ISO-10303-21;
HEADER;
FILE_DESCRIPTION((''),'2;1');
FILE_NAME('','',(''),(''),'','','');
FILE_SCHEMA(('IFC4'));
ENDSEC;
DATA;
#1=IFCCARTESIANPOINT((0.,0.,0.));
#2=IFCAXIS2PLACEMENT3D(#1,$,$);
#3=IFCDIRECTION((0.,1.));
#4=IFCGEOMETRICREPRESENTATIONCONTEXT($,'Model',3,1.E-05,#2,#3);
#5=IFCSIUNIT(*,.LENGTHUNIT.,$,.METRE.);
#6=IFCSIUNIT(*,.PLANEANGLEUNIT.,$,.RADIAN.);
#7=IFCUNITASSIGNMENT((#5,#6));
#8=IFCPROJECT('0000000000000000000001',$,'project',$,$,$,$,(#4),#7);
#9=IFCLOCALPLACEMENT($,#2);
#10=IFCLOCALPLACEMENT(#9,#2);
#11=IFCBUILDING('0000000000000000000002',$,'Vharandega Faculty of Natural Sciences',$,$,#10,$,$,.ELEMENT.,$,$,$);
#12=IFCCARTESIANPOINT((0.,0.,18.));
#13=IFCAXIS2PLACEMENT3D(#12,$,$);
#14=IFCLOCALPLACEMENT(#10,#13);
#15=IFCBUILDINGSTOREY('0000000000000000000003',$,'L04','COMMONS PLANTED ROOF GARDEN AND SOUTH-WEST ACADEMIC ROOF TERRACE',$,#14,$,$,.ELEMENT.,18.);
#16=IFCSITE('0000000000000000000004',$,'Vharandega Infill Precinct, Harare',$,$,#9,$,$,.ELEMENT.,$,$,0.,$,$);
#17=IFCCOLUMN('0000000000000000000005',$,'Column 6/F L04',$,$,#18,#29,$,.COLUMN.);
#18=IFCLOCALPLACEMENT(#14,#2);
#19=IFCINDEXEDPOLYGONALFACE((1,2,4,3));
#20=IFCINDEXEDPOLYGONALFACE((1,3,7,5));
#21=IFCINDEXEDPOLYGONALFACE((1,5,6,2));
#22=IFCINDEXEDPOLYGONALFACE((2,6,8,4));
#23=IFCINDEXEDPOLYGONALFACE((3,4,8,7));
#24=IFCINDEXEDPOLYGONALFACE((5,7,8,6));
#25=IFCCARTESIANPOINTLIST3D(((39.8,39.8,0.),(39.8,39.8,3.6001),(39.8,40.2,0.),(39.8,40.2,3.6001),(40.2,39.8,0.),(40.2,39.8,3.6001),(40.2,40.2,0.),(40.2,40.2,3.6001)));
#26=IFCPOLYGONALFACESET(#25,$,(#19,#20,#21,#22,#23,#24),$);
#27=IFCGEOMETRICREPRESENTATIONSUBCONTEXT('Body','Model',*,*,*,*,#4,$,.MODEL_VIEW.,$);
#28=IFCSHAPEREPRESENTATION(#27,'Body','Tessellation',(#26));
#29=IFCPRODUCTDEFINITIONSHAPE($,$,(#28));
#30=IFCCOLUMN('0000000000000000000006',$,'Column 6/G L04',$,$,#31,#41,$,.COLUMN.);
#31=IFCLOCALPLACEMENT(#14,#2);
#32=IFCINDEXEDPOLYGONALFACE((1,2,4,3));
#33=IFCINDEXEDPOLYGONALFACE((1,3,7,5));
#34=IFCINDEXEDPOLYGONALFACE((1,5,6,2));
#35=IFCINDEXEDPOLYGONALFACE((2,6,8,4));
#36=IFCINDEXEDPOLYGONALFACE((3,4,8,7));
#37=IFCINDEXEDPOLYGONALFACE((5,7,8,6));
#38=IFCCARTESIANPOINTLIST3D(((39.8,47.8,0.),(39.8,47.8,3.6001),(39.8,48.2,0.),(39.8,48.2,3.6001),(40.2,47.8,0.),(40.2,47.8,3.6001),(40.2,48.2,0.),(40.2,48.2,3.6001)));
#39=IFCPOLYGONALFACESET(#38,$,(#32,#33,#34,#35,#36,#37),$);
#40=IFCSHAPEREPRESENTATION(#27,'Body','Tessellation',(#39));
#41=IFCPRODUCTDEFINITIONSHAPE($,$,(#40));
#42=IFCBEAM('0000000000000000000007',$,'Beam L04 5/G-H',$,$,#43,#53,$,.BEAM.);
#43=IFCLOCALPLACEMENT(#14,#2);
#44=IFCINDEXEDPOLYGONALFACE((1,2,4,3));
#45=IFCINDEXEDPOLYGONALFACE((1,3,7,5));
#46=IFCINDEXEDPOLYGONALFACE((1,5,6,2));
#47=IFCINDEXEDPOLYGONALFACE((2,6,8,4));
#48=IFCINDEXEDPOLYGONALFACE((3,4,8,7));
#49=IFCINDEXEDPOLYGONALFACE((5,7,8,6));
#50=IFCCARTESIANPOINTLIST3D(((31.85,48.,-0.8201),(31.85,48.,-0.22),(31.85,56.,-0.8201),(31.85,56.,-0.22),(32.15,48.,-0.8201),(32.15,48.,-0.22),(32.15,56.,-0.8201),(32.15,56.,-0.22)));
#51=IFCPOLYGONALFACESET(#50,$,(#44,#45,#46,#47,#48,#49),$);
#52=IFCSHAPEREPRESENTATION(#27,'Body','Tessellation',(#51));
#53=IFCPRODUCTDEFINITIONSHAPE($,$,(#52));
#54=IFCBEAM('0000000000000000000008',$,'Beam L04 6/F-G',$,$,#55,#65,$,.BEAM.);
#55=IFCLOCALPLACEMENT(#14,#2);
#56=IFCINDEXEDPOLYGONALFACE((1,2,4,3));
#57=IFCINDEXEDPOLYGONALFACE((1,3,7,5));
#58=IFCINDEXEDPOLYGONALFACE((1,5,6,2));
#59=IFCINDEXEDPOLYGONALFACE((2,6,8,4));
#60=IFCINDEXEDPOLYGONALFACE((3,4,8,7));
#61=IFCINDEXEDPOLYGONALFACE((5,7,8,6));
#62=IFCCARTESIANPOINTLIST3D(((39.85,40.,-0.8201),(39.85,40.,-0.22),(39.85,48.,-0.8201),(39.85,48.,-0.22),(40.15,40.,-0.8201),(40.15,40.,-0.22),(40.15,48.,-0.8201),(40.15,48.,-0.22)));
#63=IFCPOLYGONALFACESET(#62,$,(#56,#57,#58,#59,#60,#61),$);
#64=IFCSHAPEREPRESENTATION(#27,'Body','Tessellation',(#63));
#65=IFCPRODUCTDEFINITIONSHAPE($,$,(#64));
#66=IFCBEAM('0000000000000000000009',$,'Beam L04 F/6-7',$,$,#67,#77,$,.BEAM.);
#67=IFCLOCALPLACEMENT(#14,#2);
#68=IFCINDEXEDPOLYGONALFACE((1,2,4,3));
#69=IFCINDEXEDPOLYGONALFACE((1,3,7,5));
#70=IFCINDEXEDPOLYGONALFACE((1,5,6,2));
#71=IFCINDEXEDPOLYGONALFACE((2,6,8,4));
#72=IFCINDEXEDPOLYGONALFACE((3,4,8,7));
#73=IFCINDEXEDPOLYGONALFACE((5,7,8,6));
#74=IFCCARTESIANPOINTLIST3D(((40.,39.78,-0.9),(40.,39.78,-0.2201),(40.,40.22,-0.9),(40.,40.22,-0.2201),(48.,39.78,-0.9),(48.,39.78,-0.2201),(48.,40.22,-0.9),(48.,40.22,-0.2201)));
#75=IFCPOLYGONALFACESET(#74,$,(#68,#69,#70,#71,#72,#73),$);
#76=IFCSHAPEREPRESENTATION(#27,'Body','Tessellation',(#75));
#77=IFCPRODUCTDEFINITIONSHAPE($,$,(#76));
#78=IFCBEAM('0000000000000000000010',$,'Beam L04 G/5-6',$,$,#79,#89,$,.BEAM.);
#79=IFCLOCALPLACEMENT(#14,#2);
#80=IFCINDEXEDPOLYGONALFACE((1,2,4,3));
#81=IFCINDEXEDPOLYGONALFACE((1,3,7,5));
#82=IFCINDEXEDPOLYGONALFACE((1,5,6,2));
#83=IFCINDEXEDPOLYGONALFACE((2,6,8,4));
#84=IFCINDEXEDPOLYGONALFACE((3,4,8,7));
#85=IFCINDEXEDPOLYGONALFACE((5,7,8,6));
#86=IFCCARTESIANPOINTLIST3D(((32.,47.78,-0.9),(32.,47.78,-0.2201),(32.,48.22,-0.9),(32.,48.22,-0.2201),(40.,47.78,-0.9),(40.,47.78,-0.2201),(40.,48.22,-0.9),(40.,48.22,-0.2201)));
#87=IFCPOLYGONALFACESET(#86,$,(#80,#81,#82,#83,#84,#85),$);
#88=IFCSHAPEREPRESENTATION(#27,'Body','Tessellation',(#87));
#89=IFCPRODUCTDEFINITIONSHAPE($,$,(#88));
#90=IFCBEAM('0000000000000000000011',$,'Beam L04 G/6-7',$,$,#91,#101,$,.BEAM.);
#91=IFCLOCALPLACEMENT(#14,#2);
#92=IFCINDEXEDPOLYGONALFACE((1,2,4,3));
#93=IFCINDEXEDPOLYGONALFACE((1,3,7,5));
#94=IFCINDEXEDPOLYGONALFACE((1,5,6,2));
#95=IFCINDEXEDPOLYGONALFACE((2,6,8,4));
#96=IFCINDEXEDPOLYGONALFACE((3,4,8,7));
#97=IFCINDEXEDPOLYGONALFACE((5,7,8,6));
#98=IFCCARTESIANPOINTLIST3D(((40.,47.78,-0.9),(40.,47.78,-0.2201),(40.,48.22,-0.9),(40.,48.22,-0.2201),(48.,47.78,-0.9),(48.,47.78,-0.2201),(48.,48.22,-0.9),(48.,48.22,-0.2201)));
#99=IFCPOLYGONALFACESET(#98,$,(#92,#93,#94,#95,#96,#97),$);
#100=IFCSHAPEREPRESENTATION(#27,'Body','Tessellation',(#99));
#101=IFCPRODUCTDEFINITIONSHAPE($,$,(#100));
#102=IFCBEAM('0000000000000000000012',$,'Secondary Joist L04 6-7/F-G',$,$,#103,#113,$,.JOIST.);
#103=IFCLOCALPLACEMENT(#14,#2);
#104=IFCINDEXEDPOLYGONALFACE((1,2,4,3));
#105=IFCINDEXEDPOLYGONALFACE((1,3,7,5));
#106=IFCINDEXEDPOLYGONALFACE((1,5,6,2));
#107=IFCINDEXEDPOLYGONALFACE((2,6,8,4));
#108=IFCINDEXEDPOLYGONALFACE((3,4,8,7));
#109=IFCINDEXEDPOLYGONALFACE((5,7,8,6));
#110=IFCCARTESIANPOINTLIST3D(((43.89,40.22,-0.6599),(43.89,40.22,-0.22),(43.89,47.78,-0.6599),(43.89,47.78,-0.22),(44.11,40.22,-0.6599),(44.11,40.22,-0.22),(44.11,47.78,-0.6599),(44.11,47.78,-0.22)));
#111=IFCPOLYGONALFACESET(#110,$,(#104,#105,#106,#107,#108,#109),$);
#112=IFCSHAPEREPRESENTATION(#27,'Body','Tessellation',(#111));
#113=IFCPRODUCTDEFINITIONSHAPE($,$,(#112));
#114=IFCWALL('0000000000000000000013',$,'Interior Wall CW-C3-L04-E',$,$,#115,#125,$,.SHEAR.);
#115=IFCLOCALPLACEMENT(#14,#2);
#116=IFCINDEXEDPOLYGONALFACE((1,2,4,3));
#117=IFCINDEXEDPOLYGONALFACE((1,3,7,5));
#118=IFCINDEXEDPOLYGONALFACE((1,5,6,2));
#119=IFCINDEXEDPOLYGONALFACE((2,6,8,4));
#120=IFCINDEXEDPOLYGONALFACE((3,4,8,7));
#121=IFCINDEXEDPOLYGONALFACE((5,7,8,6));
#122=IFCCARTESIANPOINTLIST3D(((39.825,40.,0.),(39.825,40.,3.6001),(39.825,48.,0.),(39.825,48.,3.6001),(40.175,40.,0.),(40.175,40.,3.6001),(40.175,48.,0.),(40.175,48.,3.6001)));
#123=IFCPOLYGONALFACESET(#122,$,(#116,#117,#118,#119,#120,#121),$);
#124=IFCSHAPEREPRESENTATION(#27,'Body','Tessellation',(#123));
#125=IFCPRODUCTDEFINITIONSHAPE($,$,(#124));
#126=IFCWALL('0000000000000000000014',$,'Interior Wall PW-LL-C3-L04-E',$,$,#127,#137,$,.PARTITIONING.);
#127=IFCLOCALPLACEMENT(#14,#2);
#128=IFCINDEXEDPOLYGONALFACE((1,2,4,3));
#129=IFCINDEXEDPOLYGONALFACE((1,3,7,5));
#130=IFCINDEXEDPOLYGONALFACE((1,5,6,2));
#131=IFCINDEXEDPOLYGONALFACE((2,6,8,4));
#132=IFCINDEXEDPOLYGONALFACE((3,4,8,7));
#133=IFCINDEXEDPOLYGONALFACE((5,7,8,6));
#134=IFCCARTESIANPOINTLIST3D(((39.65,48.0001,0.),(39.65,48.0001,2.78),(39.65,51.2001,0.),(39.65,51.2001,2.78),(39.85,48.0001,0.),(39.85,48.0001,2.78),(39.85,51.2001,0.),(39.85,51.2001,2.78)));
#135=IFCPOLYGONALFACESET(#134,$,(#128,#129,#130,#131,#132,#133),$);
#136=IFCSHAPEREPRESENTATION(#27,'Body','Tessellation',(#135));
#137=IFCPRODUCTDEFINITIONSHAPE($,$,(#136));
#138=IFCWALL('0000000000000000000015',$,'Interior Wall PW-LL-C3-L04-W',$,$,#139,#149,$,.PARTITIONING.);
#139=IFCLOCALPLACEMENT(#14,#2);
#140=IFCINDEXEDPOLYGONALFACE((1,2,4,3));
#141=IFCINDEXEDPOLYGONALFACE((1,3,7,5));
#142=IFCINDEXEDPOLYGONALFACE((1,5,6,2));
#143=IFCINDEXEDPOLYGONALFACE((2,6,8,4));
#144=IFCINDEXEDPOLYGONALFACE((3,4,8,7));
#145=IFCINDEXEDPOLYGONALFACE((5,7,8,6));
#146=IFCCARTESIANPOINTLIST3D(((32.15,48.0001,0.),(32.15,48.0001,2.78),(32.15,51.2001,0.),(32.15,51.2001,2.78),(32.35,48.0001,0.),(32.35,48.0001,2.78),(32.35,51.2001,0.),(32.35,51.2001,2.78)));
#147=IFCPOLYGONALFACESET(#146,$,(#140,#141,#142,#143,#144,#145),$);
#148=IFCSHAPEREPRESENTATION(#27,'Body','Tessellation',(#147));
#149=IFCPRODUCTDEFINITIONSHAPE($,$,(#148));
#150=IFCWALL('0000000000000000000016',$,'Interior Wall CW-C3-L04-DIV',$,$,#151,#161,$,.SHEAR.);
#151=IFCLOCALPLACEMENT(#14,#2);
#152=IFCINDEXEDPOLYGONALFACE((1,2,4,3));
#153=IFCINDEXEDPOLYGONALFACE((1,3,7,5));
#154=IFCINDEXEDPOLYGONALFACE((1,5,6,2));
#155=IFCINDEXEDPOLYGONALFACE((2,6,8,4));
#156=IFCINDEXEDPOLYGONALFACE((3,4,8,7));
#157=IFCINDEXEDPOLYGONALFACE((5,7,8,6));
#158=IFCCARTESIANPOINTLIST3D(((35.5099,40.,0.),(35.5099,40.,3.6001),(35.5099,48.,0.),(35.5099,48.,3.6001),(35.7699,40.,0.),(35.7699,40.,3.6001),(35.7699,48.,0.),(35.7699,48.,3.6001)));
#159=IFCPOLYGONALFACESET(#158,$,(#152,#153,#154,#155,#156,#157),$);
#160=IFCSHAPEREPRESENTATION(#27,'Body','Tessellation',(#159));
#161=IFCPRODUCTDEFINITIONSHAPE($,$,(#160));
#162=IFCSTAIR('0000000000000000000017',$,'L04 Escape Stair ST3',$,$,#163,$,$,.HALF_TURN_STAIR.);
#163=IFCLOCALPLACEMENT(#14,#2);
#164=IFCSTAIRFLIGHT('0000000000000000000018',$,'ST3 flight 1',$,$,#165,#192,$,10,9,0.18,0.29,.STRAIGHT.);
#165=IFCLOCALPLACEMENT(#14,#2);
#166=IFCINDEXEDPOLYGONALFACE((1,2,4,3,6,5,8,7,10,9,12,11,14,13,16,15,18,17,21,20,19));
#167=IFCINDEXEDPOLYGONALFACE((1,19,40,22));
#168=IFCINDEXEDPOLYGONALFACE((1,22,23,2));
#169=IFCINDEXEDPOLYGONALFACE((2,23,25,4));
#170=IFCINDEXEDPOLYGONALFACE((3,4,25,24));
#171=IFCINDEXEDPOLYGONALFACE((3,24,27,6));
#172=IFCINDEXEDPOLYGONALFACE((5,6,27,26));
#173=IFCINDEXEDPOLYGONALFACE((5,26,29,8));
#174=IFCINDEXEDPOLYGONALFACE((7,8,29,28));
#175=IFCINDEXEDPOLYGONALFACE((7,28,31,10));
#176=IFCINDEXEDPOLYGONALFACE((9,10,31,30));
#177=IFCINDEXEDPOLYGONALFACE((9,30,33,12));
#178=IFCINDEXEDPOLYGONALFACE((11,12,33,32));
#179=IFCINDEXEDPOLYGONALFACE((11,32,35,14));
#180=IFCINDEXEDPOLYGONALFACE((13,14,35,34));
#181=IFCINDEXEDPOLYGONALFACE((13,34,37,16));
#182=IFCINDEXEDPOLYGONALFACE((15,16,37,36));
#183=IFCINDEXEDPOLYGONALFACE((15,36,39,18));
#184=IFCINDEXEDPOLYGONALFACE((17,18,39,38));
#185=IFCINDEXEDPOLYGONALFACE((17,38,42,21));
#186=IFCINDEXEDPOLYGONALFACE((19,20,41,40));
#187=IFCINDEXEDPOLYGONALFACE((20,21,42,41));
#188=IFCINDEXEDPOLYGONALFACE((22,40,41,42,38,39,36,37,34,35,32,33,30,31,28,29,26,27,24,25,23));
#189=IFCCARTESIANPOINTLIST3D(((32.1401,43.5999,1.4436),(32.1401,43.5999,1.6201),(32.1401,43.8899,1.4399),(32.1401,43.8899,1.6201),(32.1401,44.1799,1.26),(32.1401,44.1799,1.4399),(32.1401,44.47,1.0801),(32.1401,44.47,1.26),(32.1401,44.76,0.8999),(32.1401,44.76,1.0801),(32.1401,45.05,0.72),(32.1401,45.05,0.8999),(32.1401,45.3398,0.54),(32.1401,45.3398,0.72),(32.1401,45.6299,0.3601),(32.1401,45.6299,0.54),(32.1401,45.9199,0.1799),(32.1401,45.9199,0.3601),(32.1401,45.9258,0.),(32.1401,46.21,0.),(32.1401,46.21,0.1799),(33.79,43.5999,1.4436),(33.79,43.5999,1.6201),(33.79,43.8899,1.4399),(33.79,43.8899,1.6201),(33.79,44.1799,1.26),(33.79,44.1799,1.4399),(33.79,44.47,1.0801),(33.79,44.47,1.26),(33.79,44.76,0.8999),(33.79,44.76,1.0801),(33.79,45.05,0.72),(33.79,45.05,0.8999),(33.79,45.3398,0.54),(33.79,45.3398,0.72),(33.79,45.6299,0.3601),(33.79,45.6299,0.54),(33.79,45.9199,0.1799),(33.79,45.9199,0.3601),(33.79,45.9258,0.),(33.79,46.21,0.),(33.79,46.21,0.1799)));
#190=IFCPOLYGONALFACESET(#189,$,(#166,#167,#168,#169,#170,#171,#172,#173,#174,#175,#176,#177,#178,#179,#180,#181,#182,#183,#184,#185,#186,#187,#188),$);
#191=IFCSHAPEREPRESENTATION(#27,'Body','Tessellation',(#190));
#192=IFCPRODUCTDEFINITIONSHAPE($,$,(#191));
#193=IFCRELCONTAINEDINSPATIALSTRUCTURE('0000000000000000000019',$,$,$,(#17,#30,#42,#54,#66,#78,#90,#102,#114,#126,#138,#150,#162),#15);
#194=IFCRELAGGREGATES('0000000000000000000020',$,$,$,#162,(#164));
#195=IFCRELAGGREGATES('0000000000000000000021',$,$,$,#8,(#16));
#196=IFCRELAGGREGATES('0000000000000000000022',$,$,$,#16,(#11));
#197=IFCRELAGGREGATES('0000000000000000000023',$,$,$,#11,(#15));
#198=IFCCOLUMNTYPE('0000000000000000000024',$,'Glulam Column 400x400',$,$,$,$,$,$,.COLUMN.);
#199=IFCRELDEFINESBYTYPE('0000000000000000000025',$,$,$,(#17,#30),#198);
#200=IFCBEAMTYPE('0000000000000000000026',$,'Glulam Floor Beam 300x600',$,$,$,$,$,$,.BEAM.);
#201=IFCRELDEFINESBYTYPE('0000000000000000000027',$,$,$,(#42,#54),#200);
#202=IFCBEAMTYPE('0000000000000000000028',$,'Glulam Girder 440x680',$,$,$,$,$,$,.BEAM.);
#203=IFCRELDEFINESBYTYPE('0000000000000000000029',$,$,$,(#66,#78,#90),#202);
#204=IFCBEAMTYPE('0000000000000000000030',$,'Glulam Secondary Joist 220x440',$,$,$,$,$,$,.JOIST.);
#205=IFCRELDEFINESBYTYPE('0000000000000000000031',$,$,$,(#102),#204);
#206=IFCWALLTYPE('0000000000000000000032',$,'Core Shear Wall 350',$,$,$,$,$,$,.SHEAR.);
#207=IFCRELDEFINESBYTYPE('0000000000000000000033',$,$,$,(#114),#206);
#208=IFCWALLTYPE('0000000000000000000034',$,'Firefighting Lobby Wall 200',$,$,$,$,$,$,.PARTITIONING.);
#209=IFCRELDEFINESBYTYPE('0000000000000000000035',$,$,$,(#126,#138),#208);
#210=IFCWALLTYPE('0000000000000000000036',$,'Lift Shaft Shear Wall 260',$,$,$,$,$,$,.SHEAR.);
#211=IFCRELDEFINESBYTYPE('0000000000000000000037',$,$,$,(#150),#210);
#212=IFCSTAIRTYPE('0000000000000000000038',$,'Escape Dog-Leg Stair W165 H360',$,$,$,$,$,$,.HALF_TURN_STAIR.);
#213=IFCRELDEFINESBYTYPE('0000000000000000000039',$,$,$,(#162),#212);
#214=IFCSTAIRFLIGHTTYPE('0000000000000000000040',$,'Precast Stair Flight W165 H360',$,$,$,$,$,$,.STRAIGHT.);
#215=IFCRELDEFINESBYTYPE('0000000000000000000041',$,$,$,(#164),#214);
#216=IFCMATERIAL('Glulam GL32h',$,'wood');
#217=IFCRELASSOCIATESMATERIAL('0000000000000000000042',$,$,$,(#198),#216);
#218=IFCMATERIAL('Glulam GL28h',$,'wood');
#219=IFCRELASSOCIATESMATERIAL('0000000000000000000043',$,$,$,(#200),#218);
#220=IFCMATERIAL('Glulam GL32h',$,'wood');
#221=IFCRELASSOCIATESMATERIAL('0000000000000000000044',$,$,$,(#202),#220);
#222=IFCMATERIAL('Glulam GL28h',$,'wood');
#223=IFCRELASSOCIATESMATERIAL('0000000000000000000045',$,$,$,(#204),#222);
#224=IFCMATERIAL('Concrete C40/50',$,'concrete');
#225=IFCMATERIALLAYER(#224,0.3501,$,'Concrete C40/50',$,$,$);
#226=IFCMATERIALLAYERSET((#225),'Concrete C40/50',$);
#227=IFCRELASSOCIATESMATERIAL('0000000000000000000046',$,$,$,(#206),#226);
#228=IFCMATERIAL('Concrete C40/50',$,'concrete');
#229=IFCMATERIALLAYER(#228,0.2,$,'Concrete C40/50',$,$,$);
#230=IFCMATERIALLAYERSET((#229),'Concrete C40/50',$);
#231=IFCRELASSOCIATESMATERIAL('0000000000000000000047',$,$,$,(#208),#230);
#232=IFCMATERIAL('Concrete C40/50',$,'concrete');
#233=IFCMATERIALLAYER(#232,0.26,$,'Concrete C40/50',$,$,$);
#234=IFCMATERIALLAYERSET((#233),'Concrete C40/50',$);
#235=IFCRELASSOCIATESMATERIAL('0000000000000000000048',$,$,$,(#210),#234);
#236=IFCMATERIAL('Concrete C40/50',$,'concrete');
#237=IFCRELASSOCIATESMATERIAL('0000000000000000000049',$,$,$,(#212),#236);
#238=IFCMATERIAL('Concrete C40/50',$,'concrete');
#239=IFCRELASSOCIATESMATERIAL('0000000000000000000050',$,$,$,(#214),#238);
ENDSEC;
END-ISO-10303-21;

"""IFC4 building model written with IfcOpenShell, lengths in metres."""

from ifc_helpers import new_model, si_unit, direction, frame, frame_2d, origin, origin_2d, place, context, subcontext, project, spatial, polyline, rectangle, outline, extrude, material, layer, layer_set, material_profile, profile_set, type_object, element, aggregate, save


model = new_model("IFC4")

# Units and contexts
model_context = context("Model", 3, precision=1e-05, world=origin(), true_north=direction((0.0, 1.0)))
body_context = subcontext(model_context, "Body", "Model", "MODEL_VIEW")
ifc_project = project(units=[si_unit("LENGTHUNIT", "METRE"), si_unit("PLANEANGLEUNIT", "RADIAN")], contexts=[model_context])

# Site, building, storey
site_placement = place(None, origin())
site = spatial("IfcSite", under=ifc_project, at=site_placement, Name="Vharandega Infill Precinct, Harare", CompositionType="ELEMENT", RefElevation=0.0)
building_placement = place(site_placement, origin())
building = spatial("IfcBuilding", under=site, at=building_placement, Name="Vharandega Faculty of Natural Sciences", CompositionType="ELEMENT")
storey_placement = place(building_placement, frame((0.0, 0.0, 18.0)))
storey = spatial("IfcBuildingStorey", under=building, at=storey_placement, Name="L04", Description="COMMONS PLANTED ROOF GARDEN AND SOUTH-WEST ACADEMIC ROOF TERRACE", CompositionType="ELEMENT", Elevation=18.0)

# Columns
ifc_material_1 = material(Name="Glulam GL32h", Category="wood")
ifc_material_profile_1 = material_profile(ifc_material_1, rectangle(XDim=0.3999, YDim=0.3999, at=origin_2d()), Name="GL32h 400x400")
ifc_profile_set_1 = profile_set([ifc_material_profile_1], Name="Glulam GL32h")
column_type = type_object("IfcColumnType", Name="Glulam Column 400x400", PredefinedType="COLUMN", material=ifc_profile_set_1)
for number, where, z_axis, x_axis, name in (
    (1, (40.0, 40.0, 0.0), (0.0, 0.0, 1.0), (1.0, 0.0, 0.0), "Column 6/F L04"),
    (2, (40.0, 48.0, 0.0), (0.0, 0.0, 1.0), (1.0, 0.0, 0.0), "Column 6/G L04"),
):
    element("IfcColumn", number, at=place(storey_placement, frame(where, z_axis=z_axis, x_axis=x_axis)), inside=storey, type_object=column_type, Name=name, PredefinedType="COLUMN", context=body_context, shape_type="SweptSolid", body=[
        extrude(rectangle(XDim=0.3999, YDim=0.3999, at=origin_2d()), origin(), (0.0, 0.0, 1.0), 3.6001),
    ])

# Beams
ifc_material_2 = material(Name="Glulam GL28h", Category="wood")
ifc_material_profile_2 = material_profile(ifc_material_2, rectangle(XDim=0.3, YDim=0.6001, at=origin_2d()), Name="GL28h 300x600")
ifc_profile_set_2 = profile_set([ifc_material_profile_2], Name="Glulam GL28h")
beam_type_1 = type_object("IfcBeamType", Name="Glulam Floor Beam 300x600", PredefinedType="BEAM", material=ifc_profile_set_2)
for number, where, z_axis, x_axis, name in (
    (3, (32.0, 48.0, -0.52), (0.0, 1.0, 0.0), (-1.0, 0.0, 0.0), "Beam L04 5/G-H"),
    (4, (40.0, 40.0, -0.52), (0.0, 1.0, 0.0), (-1.0, 0.0, 0.0), "Beam L04 6/F-G"),
):
    element("IfcBeam", number, at=place(storey_placement, frame(where, z_axis=z_axis, x_axis=x_axis)), inside=storey, type_object=beam_type_1, Name=name, PredefinedType="BEAM", context=body_context, shape_type="SweptSolid", body=[
        extrude(rectangle(XDim=0.3, YDim=0.6001, at=origin_2d()), origin(), (0.0, 0.0, 1.0), 8.0),
    ])
ifc_material_3 = material(Name="Glulam GL32h", Category="wood")
ifc_material_profile_3 = material_profile(ifc_material_3, rectangle(XDim=0.4399, YDim=0.6799, at=origin_2d()), Name="GL32h 440x680")
ifc_profile_set_3 = profile_set([ifc_material_profile_3], Name="Glulam GL32h")
beam_type_2 = type_object("IfcBeamType", Name="Glulam Girder 440x680", PredefinedType="BEAM", material=ifc_profile_set_3)
for number, where, z_axis, x_axis, name in (
    (5, (40.0, 40.0, -0.5601), (1.0, 0.0, 0.0), (0.0, 1.0, 0.0), "Beam L04 F/6-7"),
    (6, (32.0, 48.0, -0.5601), (1.0, 0.0, 0.0), (0.0, 1.0, 0.0), "Beam L04 G/5-6"),
    (7, (40.0, 48.0, -0.5601), (1.0, 0.0, 0.0), (0.0, 1.0, 0.0), "Beam L04 G/6-7"),
):
    element("IfcBeam", number, at=place(storey_placement, frame(where, z_axis=z_axis, x_axis=x_axis)), inside=storey, type_object=beam_type_2, Name=name, PredefinedType="BEAM", context=body_context, shape_type="SweptSolid", body=[
        extrude(rectangle(XDim=0.4399, YDim=0.6799, at=origin_2d()), origin(), (0.0, 0.0, 1.0), 8.0),
    ])
ifc_material_4 = material(Name="Glulam GL28h", Category="wood")
ifc_material_profile_4 = material_profile(ifc_material_4, rectangle(XDim=0.22, YDim=0.4399, at=origin_2d()), Name="GL28h 220x440")
ifc_profile_set_4 = profile_set([ifc_material_profile_4], Name="Glulam GL28h")
beam_type_3 = type_object("IfcBeamType", Name="Glulam Secondary Joist 220x440", PredefinedType="JOIST", material=ifc_profile_set_4)
beam_placement = place(storey_placement, frame((44.0, 40.22, -0.4399), z_axis=(0.0, 1.0, 0.0), x_axis=(-1.0, 0.0, 0.0)))
element("IfcBeam", 8, at=beam_placement, inside=storey, type_object=beam_type_3, Name="Secondary Joist L04 6-7/F-G", PredefinedType="JOIST", context=body_context, shape_type="SweptSolid", body=[
    extrude(rectangle(XDim=0.22, YDim=0.4399, at=origin_2d()), origin(), (0.0, 0.0, 1.0), 7.5601),
])

# Wall
ifc_material_5 = material(Name="Concrete C40/50", Category="concrete")
ifc_layer_1 = layer(ifc_material_5, 0.3501, Name="Concrete C40/50")
ifc_layer_set_1 = layer_set([ifc_layer_1], Name="Concrete C40/50")
wall_type_1 = type_object("IfcWallType", Name="Core Shear Wall 350", PredefinedType="SHEAR", material=ifc_layer_set_1)
wall_1_placement = place(storey_placement, frame((40.0, 40.0, 0.0), z_axis=(0.0, 0.0, 1.0), x_axis=(0.0, 1.0, 0.0)))
element("IfcWall", 9, at=wall_1_placement, inside=storey, type_object=wall_type_1, Name="Interior Wall CW-C3-L04-E", PredefinedType="SHEAR", context=body_context, shape_type="SweptSolid", body=[
    extrude(rectangle(XDim=8.0, YDim=0.3501, at=frame_2d((4.0, 0.0))), origin(), (0.0, 0.0, 1.0), 3.6001),
])

# Walls
ifc_material_6 = material(Name="Concrete C40/50", Category="concrete")
ifc_layer_2 = layer(ifc_material_6, 0.2, Name="Concrete C40/50")
ifc_layer_set_2 = layer_set([ifc_layer_2], Name="Concrete C40/50")
wall_type_2 = type_object("IfcWallType", Name="Firefighting Lobby Wall 200", PredefinedType="PARTITIONING", material=ifc_layer_set_2)
for number, where, z_axis, x_axis, name in (
    (10, (39.75, 48.0, 0.0), (0.0, 0.0, 1.0), (0.0, 1.0, 0.0), "Interior Wall PW-LL-C3-L04-E"),
    (11, (32.25, 48.0, 0.0), (0.0, 0.0, 1.0), (0.0, 1.0, 0.0), "Interior Wall PW-LL-C3-L04-W"),
):
    element("IfcWall", number, at=place(storey_placement, frame(where, z_axis=z_axis, x_axis=x_axis)), inside=storey, type_object=wall_type_2, Name=name, PredefinedType="PARTITIONING", context=body_context, shape_type="SweptSolid", body=[
        extrude(rectangle(XDim=3.2, YDim=0.2, at=frame_2d((1.6001, 0.0))), origin(), (0.0, 0.0, 1.0), 2.78),
    ])
ifc_material_7 = material(Name="Concrete C40/50", Category="concrete")
ifc_layer_3 = layer(ifc_material_7, 0.26, Name="Concrete C40/50")
ifc_layer_set_3 = layer_set([ifc_layer_3], Name="Concrete C40/50")
wall_type_3 = type_object("IfcWallType", Name="Lift Shaft Shear Wall 260", PredefinedType="SHEAR", material=ifc_layer_set_3)
wall_2_placement = place(storey_placement, frame((35.6399, 40.0, 0.0), z_axis=(0.0, 0.0, 1.0), x_axis=(0.0, 1.0, 0.0)))
element("IfcWall", 12, at=wall_2_placement, inside=storey, type_object=wall_type_3, Name="Interior Wall CW-C3-L04-DIV", PredefinedType="SHEAR", context=body_context, shape_type="SweptSolid", body=[
    extrude(rectangle(XDim=8.0, YDim=0.26, at=frame_2d((4.0, 0.0))), origin(), (0.0, 0.0, 1.0), 3.6001),
])

# Stair, stair flight
ifc_material_8 = material(Name="Concrete C40/50", Category="concrete")
stair_type = type_object("IfcStairType", Name="Escape Dog-Leg Stair W165 H360", PredefinedType="HALF_TURN_STAIR", material=ifc_material_8)
stair_placement = place(storey_placement, origin())
stair = element("IfcStair", 13, at=stair_placement, inside=storey, type_object=stair_type, Name="L04 Escape Stair ST3", PredefinedType="HALF_TURN_STAIR")
ifc_material_9 = material(Name="Concrete C40/50", Category="concrete")
stair_flight_type = type_object("IfcStairFlightType", Name="Precast Stair Flight W165 H360", PredefinedType="STRAIGHT", material=ifc_material_9)
stair_flight_1_placement = place(storey_placement, frame((32.9651, 46.21, 0.0), z_axis=(0.0, 0.0, 1.0), x_axis=(0.0, -1.0, 0.0)))
stair_flight_1 = element("IfcStairFlight", 14, at=stair_flight_1_placement, type_object=stair_flight_type, Name="ST3 flight 1", NumberOfRisers=10, NumberOfTreads=9, PredefinedType="STRAIGHT", RiserHeight=0.18, TreadLength=0.29, context=body_context, shape_type="SweptSolid", body=[
    extrude(outline(polyline([(0.0, 0.0), (0.0, 0.1799), (0.29, 0.1799), (0.29, 0.3601), (0.5801, 0.3601), (0.5801, 0.54), (0.8701, 0.54), (0.8701, 0.72), (1.1599, 0.72), (1.1599, 0.8999), (1.45, 0.8999), (1.45, 1.0801), (1.74, 1.0801), (1.74, 1.26), (2.03, 1.26), (2.03, 1.4399), (2.3201, 1.4399), (2.3201, 1.6201), (2.6101, 1.6201), (2.6101, 1.8), (2.6101, 1.4436), (0.2842, 0.0), (0.0, 0.0)])), frame((0.0, 0.825, 0.0), z_axis=(0.0, -1.0, 0.0), x_axis=(1.0, 0.0, 0.0)), (0.0, 0.0, 1.0), 1.6499),
])
aggregate(stair, [stair_flight_1])

save(model, "model.ifc")
